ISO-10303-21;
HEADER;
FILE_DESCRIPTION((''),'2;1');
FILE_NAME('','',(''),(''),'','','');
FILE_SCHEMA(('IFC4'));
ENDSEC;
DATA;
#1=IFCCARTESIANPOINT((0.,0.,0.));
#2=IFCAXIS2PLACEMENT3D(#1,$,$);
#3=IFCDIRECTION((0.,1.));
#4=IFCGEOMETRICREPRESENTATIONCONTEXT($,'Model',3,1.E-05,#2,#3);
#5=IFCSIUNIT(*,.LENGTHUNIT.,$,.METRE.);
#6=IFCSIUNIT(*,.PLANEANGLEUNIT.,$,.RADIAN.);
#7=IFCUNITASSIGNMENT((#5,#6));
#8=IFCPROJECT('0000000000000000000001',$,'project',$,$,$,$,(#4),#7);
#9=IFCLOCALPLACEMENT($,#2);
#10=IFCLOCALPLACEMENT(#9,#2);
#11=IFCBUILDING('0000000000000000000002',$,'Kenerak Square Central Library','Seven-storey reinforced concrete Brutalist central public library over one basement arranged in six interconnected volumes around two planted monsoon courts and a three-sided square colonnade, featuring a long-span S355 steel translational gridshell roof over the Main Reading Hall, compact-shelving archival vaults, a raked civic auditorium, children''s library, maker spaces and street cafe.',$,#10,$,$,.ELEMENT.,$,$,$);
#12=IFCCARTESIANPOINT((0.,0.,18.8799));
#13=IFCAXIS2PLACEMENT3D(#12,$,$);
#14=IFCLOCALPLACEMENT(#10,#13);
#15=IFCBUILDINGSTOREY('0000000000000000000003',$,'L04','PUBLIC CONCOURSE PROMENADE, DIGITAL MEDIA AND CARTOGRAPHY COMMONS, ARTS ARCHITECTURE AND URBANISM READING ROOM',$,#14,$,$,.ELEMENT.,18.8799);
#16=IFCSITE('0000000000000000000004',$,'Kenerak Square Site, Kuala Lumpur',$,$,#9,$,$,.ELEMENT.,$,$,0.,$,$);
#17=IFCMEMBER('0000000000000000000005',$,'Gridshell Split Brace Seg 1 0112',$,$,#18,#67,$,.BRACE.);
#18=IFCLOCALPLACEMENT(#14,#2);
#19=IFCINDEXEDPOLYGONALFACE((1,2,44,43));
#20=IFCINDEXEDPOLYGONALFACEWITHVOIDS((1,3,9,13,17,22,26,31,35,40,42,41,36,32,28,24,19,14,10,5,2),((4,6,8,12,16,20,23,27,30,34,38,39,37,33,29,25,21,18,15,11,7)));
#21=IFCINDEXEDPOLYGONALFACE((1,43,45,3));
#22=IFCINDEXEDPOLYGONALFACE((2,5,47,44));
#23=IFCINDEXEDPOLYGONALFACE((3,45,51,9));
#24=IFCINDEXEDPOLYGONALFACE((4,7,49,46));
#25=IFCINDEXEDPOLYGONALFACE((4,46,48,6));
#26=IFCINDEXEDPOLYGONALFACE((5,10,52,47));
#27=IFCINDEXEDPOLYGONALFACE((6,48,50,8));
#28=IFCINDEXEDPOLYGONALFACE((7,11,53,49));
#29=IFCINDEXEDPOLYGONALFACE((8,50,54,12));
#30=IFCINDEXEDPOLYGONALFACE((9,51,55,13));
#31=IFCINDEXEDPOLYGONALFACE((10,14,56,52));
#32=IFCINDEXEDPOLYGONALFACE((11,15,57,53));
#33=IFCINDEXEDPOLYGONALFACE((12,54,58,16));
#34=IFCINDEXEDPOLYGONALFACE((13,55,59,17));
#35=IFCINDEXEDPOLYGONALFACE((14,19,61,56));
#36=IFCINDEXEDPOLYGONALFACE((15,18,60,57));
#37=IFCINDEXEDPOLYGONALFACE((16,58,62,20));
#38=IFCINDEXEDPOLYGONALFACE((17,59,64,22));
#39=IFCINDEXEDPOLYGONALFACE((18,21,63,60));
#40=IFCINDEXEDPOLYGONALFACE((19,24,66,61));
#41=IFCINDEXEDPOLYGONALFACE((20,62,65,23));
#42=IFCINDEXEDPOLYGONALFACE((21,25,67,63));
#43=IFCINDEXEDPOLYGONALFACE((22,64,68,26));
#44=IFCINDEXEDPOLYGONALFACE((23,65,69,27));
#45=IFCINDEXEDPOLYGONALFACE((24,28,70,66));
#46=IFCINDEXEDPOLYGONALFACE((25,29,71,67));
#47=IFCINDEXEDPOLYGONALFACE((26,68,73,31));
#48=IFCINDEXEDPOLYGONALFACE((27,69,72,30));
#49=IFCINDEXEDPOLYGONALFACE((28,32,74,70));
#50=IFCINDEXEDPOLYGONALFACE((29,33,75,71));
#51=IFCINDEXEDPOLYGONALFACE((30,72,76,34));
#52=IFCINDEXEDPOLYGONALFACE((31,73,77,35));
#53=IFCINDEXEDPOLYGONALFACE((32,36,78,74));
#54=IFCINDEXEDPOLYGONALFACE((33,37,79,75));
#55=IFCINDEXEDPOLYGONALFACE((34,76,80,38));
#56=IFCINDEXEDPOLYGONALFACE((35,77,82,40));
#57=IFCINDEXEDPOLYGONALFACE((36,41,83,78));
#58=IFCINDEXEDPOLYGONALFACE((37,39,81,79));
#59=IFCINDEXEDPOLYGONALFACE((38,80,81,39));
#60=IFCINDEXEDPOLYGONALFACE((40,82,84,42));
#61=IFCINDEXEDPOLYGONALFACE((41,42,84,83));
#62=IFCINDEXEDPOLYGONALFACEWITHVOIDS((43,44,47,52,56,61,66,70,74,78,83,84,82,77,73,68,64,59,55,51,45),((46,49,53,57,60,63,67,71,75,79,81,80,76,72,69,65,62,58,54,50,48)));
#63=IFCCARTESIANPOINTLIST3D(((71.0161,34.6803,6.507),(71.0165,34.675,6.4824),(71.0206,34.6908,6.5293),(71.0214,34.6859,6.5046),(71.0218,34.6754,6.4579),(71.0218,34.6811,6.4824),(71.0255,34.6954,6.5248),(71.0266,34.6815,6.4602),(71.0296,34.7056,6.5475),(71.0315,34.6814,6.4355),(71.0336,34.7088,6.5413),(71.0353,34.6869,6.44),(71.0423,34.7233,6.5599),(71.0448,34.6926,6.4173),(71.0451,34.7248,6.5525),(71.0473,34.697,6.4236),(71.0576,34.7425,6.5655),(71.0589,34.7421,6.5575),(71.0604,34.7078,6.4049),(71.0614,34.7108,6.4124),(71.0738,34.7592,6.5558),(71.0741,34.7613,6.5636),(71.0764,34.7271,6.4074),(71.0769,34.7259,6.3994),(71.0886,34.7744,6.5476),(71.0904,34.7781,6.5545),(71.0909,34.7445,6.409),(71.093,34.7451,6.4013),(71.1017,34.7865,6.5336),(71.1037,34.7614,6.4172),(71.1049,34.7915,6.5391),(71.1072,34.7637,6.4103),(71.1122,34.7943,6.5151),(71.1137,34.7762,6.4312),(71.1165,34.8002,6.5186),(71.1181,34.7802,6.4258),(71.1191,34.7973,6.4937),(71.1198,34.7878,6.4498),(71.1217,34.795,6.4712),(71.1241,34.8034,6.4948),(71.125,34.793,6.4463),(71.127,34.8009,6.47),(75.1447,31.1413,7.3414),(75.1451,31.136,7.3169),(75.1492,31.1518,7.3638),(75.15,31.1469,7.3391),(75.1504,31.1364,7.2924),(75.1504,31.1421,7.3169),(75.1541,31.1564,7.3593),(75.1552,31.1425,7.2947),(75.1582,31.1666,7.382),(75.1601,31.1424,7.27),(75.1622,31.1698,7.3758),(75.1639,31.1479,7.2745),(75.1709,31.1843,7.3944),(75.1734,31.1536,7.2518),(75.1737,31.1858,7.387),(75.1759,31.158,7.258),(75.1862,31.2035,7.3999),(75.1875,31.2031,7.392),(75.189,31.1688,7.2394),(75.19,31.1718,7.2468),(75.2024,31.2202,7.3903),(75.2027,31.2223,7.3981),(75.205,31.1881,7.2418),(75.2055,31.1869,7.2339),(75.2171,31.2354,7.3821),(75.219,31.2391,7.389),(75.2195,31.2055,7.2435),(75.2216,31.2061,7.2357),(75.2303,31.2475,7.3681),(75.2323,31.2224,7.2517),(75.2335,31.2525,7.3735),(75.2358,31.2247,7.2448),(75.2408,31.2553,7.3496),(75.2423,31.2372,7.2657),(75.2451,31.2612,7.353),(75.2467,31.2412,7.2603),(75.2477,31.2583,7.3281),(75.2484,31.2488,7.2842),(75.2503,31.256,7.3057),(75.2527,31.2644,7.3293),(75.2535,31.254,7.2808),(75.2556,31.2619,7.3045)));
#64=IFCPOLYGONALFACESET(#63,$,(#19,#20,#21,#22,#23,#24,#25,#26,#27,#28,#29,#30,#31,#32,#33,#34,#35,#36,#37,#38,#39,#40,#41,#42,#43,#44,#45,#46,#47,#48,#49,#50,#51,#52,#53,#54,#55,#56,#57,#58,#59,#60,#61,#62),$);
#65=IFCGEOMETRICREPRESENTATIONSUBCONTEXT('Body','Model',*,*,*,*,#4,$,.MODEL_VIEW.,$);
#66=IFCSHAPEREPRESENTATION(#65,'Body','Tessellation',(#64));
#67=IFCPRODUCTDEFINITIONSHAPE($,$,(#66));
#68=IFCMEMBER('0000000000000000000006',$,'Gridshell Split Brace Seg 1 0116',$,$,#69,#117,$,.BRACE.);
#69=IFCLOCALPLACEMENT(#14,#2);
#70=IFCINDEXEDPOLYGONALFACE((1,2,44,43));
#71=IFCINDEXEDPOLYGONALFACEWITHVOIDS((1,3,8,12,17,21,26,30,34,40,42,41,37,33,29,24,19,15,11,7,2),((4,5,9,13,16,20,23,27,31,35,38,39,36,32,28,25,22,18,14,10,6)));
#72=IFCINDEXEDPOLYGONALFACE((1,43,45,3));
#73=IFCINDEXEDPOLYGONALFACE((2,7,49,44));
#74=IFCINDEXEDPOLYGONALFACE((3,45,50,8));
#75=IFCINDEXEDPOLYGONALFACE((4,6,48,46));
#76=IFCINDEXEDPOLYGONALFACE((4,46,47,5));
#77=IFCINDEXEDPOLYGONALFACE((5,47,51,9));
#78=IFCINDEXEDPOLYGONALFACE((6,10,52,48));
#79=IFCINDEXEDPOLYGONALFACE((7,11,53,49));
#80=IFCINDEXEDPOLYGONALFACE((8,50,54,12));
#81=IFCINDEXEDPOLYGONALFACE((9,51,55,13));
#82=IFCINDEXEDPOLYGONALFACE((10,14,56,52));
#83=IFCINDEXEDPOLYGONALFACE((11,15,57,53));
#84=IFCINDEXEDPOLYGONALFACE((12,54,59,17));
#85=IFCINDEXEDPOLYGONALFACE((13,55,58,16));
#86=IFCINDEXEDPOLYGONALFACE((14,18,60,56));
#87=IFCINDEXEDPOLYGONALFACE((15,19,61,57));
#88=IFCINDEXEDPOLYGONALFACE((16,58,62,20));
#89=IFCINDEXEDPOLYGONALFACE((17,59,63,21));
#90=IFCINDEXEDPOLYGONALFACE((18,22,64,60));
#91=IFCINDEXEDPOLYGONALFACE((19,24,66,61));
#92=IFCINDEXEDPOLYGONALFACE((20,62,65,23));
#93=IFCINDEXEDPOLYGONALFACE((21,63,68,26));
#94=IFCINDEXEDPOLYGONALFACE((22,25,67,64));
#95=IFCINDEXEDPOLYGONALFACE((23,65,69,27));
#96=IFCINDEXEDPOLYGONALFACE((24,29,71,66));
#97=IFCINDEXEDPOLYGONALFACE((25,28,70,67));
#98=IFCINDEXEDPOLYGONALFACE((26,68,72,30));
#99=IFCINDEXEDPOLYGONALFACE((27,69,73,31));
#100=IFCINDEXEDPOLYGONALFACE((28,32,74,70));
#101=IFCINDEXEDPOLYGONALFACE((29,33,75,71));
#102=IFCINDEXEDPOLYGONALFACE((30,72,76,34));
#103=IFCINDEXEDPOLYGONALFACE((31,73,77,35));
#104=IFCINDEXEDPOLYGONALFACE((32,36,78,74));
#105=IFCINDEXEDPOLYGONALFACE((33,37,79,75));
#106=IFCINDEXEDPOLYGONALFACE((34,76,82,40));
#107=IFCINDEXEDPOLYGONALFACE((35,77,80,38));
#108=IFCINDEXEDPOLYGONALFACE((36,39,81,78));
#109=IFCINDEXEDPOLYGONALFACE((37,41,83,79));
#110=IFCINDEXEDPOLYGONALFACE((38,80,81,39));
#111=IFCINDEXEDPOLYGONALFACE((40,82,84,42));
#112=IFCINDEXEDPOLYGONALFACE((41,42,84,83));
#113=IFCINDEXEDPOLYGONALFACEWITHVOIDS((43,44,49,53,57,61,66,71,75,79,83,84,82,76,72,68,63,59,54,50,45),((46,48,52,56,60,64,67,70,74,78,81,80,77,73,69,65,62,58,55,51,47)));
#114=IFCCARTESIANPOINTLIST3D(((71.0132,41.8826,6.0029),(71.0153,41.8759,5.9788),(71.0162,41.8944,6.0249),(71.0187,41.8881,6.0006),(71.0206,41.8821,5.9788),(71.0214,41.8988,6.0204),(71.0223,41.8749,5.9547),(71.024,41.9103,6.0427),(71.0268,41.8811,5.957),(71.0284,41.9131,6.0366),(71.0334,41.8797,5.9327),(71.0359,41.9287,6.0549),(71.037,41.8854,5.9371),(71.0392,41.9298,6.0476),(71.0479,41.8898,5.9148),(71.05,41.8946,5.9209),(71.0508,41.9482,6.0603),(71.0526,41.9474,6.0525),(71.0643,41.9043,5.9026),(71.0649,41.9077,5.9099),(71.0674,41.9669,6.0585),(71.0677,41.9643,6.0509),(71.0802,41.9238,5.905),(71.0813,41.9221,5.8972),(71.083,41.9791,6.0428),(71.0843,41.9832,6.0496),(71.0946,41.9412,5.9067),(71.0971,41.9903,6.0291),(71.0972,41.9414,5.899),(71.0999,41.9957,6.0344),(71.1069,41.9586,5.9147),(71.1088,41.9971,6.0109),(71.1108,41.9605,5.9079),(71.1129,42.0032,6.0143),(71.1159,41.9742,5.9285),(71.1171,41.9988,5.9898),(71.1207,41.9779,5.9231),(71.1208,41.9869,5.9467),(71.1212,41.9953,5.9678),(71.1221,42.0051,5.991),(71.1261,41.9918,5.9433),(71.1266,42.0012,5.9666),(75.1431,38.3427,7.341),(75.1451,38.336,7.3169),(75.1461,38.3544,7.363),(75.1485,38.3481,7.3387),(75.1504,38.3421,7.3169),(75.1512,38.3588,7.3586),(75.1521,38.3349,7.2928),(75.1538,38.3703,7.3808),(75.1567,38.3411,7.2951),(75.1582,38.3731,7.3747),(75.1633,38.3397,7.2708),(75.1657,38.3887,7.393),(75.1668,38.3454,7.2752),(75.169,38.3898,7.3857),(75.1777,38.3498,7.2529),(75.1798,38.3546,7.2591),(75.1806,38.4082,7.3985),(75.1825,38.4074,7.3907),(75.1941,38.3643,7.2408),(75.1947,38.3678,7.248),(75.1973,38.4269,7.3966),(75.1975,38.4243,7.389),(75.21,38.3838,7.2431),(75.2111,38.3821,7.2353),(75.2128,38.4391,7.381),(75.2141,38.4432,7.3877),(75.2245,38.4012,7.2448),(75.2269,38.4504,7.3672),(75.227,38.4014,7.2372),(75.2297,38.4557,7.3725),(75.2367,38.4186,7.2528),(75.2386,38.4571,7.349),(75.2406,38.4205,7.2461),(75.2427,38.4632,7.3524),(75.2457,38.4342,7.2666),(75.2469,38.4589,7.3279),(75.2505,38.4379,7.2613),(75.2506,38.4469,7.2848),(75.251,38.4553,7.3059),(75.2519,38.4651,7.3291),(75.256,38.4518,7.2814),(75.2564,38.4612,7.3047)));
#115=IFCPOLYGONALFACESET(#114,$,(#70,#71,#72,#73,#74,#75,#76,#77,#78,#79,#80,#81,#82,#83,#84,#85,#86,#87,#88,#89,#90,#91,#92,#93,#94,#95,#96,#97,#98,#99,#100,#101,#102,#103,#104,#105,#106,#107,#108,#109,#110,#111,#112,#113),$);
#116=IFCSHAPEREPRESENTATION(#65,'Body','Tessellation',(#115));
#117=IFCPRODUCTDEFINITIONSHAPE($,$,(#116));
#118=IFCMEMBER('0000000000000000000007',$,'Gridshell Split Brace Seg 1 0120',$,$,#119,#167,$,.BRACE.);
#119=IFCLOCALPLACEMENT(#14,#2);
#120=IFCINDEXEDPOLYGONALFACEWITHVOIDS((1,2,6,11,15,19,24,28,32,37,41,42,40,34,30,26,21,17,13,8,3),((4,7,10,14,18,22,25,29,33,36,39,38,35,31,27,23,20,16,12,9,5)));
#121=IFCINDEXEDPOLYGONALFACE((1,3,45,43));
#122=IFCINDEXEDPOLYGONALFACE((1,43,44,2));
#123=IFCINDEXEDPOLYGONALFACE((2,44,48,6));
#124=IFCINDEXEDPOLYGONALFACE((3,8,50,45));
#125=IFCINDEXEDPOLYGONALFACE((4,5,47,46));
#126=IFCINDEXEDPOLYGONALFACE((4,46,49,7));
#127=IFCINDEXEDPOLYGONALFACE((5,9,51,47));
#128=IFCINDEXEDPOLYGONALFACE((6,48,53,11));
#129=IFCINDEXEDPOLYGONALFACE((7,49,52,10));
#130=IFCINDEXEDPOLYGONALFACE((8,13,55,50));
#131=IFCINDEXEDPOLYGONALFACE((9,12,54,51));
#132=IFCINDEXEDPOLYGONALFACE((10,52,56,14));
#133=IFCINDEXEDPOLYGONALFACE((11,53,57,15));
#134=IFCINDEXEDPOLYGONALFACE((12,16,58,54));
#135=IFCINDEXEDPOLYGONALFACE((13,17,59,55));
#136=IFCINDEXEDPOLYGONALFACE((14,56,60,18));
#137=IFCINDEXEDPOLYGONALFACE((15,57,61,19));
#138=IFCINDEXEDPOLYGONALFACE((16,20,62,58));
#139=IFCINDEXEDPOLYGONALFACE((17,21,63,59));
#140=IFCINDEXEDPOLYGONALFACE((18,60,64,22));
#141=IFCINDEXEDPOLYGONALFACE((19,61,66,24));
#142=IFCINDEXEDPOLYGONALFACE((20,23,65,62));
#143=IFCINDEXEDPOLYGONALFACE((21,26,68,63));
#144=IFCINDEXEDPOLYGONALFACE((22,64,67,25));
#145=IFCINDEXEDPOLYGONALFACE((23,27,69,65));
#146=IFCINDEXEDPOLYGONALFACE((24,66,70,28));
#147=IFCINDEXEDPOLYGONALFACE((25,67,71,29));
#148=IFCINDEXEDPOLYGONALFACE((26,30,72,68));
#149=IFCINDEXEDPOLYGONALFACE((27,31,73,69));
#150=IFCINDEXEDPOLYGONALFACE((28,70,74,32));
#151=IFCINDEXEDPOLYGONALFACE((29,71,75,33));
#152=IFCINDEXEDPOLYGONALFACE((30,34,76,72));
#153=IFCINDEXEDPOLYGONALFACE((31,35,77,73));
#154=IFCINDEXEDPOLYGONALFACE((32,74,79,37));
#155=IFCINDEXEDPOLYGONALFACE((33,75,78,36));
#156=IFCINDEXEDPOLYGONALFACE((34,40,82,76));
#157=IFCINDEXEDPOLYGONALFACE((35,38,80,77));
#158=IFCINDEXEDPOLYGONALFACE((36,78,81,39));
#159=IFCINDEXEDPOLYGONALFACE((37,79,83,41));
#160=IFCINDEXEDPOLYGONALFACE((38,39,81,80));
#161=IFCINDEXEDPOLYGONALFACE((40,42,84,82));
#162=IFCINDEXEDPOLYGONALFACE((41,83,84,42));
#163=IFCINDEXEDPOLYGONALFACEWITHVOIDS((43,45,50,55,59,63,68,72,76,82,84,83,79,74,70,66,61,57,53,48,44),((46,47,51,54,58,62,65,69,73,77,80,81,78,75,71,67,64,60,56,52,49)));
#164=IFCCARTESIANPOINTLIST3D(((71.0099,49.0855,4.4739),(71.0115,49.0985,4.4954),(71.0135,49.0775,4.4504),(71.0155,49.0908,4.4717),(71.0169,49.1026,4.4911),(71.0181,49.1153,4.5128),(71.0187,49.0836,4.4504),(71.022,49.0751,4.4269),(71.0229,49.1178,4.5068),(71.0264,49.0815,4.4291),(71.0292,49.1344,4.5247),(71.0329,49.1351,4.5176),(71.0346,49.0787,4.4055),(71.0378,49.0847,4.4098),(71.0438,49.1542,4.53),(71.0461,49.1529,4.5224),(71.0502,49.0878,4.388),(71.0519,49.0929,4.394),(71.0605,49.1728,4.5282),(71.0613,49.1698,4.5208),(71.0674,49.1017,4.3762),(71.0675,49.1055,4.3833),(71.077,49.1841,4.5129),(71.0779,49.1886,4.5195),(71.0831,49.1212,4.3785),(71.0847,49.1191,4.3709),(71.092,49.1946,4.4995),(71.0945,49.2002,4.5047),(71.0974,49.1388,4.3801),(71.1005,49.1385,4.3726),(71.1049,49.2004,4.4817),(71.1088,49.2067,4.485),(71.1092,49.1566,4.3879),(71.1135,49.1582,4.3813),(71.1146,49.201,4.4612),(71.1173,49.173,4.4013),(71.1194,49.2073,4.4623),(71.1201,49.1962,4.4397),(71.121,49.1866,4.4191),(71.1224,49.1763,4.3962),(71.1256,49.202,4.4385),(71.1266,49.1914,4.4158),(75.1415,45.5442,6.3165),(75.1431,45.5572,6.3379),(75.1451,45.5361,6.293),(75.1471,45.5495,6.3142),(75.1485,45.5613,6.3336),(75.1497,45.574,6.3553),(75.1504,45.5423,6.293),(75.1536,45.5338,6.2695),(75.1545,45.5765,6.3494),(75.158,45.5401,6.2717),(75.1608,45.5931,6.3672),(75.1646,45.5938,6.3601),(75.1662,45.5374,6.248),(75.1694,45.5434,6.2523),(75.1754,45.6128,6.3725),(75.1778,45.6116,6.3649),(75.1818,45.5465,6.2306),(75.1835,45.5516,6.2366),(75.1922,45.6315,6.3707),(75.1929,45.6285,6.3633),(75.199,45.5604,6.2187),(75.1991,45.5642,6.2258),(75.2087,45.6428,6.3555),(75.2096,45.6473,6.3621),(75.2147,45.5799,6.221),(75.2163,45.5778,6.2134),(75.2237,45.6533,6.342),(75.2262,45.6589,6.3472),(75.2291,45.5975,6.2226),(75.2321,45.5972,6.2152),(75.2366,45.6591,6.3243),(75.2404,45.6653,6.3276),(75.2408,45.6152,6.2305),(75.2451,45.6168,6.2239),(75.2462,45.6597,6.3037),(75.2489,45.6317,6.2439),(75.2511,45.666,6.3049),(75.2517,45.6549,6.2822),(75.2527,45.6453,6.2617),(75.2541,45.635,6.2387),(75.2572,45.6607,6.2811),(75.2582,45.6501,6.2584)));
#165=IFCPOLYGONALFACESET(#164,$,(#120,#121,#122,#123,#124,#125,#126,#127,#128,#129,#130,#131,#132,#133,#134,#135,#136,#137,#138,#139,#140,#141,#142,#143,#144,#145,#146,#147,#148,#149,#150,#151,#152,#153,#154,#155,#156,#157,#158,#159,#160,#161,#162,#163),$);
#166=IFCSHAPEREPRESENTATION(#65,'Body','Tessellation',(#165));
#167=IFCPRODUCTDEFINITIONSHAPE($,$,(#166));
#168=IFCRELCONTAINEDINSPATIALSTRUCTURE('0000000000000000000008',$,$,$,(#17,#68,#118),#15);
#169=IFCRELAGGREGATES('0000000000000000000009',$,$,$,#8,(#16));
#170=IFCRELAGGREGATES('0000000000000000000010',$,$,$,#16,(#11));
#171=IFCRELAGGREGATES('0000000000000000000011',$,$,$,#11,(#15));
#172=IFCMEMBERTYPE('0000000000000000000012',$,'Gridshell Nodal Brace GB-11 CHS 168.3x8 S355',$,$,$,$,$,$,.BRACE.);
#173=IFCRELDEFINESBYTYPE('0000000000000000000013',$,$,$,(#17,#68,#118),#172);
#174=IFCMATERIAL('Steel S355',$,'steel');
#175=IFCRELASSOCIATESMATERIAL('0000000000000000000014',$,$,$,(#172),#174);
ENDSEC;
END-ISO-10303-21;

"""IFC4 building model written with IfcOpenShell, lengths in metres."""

from ifc_helpers import new_model, si_unit, direction, frame, origin, origin_2d, place, context, subcontext, project, spatial, hollow_circle, extrude, material, material_profile, profile_set, type_object, element, save


model = new_model("IFC4")

# Units and contexts
model_context = context("Model", 3, precision=1e-05, world=origin(), true_north=direction((0.0, 1.0)))
body_context = subcontext(model_context, "Body", "Model", "MODEL_VIEW")
ifc_project = project(units=[si_unit("LENGTHUNIT", "METRE"), si_unit("PLANEANGLEUNIT", "RADIAN")], contexts=[model_context])

# Site, building, storey
site_placement = place(None, origin())
site = spatial("IfcSite", under=ifc_project, at=site_placement, Name="Kenerak Square Site, Kuala Lumpur", CompositionType="ELEMENT", RefElevation=0.0)
building_placement = place(site_placement, origin())
building = spatial("IfcBuilding", under=site, at=building_placement, Name="Kenerak Square Central Library", Description="Seven-storey reinforced concrete Brutalist central public library over one basement arranged in six interconnected volumes around two planted monsoon courts and a three-sided square colonnade, featuring a long-span S355 steel translational gridshell roof over the Main Reading Hall, compact-shelving archival vaults, a raked civic auditorium, children's library, maker spaces and street cafe.", CompositionType="ELEMENT")
storey_placement = place(building_placement, frame((0.0, 0.0, 18.8799)))
storey = spatial("IfcBuildingStorey", under=building, at=storey_placement, Name="L04", Description="PUBLIC CONCOURSE PROMENADE, DIGITAL MEDIA AND CARTOGRAPHY COMMONS, ARTS ARCHITECTURE AND URBANISM READING ROOM", CompositionType="ELEMENT", Elevation=18.8799)

# Members
ifc_material = material(Name="Steel S355", Category="steel")
ifc_material_profile_1 = material_profile(ifc_material, hollow_circle(Radius=0.0842, WallThickness=0.0081, at=origin_2d()), Name="CHS 168.3x8.0")
ifc_profile_set_1 = profile_set([ifc_material_profile_1], Name="Steel S355")
member_type_1 = type_object("IfcMemberType", Name="Gridshell Nodal Brace GB-11 CHS 168.3x8 S355", PredefinedType="BRACE", material=ifc_profile_set_1)
member_1_placement = place(storey_placement, frame((75.2, 31.2, 7.3169), z_axis=(-0.750453, 0.643283, -0.151679), x_axis=(-0.650814, -0.759238, 0.0)))
element("IfcMember", 1, at=member_1_placement, inside=storey, type_object=member_type_1, Name="Gridshell Split Brace Seg 1 0112", PredefinedType="BRACE", context=body_context, shape_type="SweptSolid", body=[
    extrude(hollow_circle(Radius=0.0842, WallThickness=0.0081, at=origin_2d()), origin(), (0.0, 0.0, 1.0), 5.5015),
])
member_2_placement = place(storey_placement, frame((75.2, 38.3999, 7.3169), z_axis=(-0.737263, 0.631964, -0.238883), x_axis=(-0.650806, -0.759244, 0.0)))
element("IfcMember", 2, at=member_2_placement, inside=storey, type_object=member_type_1, Name="Gridshell Split Brace Seg 1 0116", PredefinedType="BRACE", context=body_context, shape_type="SweptSolid", body=[
    extrude(hollow_circle(Radius=0.0842, WallThickness=0.0081, at=origin_2d()), origin(), (0.0, 0.0, 1.0), 5.6016),
])
member_3_placement = place(storey_placement, frame((75.2, 45.6001, 6.293), z_axis=(-0.719158, 0.616403, -0.320717), x_axis=(-0.65078, -0.759266, 0.0)))
element("IfcMember", 3, at=member_3_placement, inside=storey, type_object=member_type_1, Name="Gridshell Split Brace Seg 1 0120", PredefinedType="BRACE", context=body_context, shape_type="SweptSolid", body=[
    extrude(hollow_circle(Radius=0.0842, WallThickness=0.0081, at=origin_2d()), origin(), (0.0, 0.0, 1.0), 5.7451),
])

save(model, "model.ifc")
